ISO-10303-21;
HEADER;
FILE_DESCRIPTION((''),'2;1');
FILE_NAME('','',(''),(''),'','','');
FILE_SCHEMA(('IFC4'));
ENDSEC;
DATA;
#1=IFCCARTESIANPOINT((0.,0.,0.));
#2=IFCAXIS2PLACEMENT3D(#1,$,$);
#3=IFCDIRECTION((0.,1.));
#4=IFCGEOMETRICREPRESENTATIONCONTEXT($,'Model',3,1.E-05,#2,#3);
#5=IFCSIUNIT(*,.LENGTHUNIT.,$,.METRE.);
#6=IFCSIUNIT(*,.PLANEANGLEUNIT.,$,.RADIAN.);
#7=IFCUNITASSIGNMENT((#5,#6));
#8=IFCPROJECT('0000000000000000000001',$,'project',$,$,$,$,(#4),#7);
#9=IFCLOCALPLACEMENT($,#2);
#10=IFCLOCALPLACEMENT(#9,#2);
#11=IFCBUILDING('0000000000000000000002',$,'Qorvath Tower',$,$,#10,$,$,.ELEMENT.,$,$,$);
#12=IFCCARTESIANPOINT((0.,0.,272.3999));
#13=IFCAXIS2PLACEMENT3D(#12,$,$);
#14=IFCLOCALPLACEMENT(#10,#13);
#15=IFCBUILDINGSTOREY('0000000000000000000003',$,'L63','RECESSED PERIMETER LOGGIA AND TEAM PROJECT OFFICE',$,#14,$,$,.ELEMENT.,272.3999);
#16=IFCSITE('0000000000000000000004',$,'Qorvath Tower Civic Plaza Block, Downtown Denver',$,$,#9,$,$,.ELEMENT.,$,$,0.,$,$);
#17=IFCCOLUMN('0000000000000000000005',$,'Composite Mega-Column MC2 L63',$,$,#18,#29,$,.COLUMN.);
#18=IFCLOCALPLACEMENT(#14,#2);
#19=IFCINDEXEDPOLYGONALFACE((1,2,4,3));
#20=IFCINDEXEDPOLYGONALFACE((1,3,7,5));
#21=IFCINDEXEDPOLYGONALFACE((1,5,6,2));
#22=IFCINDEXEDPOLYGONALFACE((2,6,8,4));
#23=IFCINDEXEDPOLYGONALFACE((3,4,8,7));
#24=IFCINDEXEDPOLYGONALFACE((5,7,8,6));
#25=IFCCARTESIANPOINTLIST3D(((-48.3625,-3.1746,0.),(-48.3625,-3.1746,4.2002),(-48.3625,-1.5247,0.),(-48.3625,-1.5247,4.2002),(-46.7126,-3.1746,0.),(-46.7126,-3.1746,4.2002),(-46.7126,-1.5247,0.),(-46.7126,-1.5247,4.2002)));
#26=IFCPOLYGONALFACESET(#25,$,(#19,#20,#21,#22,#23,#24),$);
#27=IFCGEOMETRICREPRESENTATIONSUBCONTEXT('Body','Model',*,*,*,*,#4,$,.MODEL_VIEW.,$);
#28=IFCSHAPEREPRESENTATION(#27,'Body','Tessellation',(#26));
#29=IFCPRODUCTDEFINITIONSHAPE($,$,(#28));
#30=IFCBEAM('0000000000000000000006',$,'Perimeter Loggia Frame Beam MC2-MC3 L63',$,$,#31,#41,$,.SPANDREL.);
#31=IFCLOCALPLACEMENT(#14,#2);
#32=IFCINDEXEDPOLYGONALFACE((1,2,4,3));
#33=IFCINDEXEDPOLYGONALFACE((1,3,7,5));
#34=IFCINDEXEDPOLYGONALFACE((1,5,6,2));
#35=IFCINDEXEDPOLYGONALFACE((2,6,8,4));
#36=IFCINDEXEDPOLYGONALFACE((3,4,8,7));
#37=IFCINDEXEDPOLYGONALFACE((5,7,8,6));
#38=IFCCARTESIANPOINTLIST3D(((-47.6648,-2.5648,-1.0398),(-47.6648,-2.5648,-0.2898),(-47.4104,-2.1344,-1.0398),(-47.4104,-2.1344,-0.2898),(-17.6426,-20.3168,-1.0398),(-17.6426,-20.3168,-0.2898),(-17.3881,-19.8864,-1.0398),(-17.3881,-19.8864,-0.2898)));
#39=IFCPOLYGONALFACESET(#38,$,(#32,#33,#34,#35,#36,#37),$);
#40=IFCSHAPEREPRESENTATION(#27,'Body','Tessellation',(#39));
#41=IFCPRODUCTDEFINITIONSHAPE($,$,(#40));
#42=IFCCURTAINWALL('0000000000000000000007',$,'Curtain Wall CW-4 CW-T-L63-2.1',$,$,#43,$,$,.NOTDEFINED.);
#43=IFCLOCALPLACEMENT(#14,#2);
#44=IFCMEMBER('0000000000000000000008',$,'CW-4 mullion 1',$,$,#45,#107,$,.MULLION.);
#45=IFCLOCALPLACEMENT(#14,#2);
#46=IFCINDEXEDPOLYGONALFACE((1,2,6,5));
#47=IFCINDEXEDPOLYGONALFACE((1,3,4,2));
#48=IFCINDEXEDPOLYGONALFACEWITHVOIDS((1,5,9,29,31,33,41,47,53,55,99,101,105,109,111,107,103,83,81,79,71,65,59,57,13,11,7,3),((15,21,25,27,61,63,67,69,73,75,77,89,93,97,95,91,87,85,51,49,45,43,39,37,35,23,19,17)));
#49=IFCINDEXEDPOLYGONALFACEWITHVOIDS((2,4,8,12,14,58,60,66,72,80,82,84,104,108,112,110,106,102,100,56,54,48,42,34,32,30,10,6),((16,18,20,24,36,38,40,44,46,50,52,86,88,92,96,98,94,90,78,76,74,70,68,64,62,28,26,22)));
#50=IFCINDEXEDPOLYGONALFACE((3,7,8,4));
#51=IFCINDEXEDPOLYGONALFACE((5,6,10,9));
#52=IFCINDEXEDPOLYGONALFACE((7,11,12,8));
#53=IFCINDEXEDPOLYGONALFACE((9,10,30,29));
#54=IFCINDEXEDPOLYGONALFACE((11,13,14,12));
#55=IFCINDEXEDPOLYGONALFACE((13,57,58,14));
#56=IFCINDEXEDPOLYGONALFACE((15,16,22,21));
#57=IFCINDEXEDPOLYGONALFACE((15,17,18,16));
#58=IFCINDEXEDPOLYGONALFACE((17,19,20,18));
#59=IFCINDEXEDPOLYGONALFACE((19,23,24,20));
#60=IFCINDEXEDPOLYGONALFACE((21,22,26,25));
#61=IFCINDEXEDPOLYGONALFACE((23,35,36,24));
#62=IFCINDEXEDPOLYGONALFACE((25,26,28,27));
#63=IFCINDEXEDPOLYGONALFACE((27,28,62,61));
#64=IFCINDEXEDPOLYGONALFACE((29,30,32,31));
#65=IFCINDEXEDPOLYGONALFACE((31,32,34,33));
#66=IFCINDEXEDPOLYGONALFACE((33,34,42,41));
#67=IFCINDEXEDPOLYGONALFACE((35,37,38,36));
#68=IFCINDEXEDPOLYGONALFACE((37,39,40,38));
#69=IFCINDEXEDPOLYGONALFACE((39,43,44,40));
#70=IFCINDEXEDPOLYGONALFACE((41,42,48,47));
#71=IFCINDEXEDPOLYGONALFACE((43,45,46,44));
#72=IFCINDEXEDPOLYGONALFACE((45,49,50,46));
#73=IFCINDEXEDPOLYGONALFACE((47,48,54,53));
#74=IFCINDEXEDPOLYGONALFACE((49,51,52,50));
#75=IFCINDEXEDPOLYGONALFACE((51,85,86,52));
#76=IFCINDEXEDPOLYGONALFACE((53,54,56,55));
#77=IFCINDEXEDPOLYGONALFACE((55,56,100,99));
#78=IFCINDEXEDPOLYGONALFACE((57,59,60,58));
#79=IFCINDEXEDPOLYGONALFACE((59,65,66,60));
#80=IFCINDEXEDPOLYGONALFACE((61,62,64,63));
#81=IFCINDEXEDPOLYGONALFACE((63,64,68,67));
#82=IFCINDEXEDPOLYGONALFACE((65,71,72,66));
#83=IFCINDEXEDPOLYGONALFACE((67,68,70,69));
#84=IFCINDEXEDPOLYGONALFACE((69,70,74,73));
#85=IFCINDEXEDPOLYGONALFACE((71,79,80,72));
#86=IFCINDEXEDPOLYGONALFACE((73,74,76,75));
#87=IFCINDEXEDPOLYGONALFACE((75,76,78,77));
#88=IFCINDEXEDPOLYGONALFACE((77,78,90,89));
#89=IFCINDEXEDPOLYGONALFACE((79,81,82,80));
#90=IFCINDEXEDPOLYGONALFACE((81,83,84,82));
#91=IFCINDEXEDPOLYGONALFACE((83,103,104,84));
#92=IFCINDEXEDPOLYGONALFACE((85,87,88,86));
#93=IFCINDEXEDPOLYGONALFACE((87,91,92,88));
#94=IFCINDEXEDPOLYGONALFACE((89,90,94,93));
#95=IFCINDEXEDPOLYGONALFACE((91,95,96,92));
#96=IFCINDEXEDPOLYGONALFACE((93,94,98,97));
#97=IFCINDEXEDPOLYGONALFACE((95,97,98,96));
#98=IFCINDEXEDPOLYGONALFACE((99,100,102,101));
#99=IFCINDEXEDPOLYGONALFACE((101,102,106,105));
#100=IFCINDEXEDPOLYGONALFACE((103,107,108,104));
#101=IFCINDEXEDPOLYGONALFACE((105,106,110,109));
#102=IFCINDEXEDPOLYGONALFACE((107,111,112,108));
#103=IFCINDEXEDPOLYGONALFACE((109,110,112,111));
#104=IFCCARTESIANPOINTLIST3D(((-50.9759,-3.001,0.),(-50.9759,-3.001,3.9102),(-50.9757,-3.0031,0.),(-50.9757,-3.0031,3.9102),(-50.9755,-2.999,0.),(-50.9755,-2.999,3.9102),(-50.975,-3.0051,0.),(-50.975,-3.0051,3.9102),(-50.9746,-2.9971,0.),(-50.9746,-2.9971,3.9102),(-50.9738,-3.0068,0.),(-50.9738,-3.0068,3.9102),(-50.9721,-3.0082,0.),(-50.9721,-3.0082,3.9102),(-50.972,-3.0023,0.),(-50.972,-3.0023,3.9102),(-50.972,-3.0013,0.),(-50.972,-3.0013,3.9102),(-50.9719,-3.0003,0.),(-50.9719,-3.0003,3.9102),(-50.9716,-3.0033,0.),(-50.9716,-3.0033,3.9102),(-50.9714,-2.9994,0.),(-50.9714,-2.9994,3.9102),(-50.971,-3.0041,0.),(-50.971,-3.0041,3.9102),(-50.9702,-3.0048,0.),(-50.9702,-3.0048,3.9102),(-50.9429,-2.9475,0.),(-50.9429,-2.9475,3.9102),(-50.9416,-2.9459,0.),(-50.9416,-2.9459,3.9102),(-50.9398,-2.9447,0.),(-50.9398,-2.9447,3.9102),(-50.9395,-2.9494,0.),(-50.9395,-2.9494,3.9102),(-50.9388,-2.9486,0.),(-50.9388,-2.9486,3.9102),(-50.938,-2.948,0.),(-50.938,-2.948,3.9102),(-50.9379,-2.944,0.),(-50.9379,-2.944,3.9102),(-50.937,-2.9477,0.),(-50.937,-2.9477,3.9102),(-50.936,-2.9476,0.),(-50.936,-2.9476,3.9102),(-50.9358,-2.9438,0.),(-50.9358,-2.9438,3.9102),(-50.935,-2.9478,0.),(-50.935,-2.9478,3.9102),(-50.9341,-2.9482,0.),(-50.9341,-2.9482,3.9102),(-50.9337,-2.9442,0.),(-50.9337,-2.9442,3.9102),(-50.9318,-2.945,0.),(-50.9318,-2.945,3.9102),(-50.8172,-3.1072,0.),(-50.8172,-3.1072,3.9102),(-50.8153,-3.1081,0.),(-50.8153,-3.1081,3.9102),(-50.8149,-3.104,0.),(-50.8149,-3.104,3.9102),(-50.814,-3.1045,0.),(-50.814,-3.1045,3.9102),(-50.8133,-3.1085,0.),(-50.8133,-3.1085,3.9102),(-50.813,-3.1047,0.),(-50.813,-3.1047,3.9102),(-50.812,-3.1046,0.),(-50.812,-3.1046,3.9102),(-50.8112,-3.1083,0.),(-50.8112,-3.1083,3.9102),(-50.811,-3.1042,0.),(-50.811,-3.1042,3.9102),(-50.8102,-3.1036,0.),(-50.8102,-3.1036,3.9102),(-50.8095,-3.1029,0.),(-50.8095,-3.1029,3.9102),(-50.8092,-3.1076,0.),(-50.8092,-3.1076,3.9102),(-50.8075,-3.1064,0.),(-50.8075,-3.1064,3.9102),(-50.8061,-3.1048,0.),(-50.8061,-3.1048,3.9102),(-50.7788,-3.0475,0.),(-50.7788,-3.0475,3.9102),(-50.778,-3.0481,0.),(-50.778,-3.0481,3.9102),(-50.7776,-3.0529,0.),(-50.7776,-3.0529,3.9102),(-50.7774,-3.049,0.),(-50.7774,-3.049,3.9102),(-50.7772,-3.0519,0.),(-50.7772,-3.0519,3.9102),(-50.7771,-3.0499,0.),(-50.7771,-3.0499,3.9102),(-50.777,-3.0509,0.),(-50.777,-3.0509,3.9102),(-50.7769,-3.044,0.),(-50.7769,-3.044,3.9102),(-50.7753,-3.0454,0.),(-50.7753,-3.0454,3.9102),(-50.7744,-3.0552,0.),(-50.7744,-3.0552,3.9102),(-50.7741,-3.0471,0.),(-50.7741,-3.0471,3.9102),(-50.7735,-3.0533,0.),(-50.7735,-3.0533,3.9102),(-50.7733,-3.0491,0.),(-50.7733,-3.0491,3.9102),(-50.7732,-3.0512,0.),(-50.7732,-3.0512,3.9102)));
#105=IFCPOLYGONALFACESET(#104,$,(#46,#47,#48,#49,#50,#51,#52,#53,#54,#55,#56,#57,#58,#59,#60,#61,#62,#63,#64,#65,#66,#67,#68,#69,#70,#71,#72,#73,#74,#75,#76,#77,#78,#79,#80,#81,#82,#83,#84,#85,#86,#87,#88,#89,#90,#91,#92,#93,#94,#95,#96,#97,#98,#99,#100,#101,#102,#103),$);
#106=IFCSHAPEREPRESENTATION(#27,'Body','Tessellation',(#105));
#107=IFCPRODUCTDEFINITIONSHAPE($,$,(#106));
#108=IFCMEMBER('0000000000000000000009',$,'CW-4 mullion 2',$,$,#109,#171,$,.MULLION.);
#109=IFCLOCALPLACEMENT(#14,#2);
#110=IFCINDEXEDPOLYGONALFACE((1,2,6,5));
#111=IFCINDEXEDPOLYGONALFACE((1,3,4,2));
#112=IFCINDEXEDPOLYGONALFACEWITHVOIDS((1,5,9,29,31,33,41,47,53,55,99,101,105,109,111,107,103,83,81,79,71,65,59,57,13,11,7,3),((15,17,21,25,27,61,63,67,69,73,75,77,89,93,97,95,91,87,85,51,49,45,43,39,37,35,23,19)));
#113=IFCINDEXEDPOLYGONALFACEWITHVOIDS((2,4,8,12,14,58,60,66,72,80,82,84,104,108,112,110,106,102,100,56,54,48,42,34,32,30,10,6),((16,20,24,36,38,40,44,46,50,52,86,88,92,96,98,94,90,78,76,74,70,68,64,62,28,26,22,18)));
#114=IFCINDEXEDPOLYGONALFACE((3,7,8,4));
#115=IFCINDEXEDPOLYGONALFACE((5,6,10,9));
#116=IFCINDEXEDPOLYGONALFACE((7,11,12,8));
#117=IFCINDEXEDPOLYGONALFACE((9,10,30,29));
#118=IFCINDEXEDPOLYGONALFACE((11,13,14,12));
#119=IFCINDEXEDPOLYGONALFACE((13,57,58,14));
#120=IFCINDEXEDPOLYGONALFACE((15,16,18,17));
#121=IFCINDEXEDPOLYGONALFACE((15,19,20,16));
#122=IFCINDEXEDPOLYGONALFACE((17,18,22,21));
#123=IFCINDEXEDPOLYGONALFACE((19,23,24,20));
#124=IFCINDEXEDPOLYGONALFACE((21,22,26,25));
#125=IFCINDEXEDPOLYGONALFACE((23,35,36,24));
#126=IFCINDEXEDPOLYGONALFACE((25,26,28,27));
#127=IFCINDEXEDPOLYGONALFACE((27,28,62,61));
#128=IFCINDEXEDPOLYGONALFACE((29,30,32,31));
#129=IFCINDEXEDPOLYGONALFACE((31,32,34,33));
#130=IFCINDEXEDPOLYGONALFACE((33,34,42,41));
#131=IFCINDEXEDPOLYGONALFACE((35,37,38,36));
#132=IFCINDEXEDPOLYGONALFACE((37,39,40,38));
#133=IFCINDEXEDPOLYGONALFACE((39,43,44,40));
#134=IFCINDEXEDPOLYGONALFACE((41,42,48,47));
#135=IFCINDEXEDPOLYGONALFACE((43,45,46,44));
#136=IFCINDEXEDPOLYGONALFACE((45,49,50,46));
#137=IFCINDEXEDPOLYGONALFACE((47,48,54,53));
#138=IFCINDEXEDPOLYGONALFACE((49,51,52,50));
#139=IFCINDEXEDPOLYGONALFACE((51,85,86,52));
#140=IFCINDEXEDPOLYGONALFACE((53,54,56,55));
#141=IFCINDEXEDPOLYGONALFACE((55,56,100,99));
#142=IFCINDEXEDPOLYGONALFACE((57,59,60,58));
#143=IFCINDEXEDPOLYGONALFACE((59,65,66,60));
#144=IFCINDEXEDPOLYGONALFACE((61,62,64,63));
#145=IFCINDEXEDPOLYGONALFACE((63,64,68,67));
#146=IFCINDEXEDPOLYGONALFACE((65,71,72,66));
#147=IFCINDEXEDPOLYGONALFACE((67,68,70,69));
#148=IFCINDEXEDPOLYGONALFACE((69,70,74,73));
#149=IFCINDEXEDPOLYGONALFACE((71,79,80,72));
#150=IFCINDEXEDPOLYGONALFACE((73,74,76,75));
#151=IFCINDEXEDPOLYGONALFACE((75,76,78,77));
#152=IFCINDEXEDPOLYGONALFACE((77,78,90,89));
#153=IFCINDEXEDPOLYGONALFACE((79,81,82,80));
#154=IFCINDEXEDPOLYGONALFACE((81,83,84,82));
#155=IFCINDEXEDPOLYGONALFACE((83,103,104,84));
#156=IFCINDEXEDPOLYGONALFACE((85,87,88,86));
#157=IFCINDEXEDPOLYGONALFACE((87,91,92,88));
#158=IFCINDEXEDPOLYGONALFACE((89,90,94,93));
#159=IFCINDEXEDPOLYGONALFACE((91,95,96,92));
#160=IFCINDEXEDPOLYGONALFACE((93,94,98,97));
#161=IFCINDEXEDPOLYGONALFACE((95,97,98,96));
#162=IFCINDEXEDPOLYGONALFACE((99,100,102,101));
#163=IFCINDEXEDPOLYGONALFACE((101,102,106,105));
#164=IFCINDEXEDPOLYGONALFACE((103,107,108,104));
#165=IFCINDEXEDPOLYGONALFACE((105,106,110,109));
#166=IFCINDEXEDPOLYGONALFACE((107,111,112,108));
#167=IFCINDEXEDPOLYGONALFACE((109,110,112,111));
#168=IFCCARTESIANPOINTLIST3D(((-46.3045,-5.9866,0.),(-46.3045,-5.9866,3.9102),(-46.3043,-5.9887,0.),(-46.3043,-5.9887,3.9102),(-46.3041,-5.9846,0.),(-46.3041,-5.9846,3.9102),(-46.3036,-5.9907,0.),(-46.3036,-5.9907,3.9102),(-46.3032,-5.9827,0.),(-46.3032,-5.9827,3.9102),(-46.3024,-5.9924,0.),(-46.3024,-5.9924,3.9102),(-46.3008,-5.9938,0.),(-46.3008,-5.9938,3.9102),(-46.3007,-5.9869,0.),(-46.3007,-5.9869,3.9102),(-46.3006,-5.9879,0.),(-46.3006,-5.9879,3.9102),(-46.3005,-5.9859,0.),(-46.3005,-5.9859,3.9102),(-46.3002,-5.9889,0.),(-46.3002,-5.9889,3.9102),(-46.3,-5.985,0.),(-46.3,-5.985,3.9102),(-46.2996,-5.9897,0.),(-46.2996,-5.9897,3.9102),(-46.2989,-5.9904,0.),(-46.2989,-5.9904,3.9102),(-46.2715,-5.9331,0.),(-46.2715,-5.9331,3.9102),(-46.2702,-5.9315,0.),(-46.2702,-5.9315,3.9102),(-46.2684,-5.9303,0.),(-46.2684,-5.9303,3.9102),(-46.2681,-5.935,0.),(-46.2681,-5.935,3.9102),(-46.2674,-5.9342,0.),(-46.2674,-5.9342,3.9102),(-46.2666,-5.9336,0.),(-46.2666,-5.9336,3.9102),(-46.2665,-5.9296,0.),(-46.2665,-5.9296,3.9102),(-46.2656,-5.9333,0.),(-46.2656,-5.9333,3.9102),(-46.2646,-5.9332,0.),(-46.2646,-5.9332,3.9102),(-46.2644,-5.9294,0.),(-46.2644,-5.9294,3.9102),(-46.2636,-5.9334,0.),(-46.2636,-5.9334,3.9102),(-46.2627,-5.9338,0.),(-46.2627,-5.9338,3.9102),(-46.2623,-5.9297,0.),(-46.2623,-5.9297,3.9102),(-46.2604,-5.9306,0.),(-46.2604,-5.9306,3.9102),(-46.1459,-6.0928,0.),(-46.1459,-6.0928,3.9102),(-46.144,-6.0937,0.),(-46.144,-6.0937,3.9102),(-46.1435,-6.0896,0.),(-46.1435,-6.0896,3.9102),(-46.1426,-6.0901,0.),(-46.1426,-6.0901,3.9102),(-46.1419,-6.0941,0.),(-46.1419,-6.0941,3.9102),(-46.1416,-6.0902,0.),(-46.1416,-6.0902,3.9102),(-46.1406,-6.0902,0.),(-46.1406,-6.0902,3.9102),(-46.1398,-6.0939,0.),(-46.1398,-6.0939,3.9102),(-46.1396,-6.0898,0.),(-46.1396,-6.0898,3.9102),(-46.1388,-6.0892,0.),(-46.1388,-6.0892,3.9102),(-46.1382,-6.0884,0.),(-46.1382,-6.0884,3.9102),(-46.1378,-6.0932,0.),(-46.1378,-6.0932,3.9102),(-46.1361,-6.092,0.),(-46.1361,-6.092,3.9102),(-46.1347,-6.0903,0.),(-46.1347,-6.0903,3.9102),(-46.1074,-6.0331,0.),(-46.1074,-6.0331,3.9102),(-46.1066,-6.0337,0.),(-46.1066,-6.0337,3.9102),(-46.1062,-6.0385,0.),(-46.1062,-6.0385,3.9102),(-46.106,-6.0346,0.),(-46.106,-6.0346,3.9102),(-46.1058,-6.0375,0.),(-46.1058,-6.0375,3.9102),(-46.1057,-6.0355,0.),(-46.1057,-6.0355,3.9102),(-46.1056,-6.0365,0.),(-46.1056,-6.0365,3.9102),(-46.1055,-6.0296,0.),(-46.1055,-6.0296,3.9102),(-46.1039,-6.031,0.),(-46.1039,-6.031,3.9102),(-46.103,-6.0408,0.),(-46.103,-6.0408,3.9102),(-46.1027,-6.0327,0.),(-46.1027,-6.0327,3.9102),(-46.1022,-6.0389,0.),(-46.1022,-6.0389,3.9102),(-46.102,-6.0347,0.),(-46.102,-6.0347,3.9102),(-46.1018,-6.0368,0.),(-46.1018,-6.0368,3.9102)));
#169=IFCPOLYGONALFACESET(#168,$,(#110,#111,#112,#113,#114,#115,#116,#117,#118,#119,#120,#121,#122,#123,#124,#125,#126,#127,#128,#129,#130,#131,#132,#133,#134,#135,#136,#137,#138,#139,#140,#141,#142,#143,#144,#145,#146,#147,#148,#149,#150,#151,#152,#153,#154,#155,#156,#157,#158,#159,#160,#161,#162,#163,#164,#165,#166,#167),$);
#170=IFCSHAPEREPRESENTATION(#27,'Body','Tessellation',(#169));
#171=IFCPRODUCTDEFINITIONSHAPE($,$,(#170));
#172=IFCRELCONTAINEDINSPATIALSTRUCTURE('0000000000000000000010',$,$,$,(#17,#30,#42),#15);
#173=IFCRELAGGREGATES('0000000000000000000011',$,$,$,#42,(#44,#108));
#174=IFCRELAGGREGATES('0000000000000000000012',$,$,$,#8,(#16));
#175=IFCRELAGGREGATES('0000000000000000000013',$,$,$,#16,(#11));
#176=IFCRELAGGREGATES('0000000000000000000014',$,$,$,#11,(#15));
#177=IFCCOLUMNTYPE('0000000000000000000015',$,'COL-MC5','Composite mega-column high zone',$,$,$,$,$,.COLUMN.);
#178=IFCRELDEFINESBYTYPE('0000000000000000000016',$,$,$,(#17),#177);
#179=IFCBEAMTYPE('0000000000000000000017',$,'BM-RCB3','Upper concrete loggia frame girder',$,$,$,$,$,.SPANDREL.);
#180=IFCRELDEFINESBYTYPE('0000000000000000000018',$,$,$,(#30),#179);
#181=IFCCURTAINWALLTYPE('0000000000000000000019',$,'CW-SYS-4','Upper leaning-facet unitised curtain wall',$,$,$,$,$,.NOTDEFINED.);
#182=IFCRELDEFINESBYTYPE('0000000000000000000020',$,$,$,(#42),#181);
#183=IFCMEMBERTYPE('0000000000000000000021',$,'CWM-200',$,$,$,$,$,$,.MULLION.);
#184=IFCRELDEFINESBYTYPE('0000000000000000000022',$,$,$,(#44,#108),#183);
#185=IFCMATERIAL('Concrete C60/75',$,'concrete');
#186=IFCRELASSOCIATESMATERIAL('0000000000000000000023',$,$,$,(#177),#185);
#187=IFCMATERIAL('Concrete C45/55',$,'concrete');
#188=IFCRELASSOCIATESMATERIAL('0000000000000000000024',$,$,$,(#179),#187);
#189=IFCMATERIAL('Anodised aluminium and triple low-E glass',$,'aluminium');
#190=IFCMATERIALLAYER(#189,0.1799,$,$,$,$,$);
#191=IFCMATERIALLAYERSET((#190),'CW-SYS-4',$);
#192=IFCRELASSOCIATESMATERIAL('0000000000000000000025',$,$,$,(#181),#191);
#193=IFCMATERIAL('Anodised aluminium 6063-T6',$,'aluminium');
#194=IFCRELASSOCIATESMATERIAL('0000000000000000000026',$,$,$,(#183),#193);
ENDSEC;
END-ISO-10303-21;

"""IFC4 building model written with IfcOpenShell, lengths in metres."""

from ifc_helpers import new_model, si_unit, direction, frame, origin, origin_2d, place, context, subcontext, project, spatial, rectangle, hollow_rectangle, extrude, material, layer, layer_set, material_profile, profile_set, type_object, element, aggregate, save


model = new_model("IFC4")

# Units and contexts
model_context = context("Model", 3, precision=1e-05, world=origin(), true_north=direction((0.0, 1.0)))
body_context = subcontext(model_context, "Body", "Model", "MODEL_VIEW")
ifc_project = project(units=[si_unit("LENGTHUNIT", "METRE"), si_unit("PLANEANGLEUNIT", "RADIAN")], contexts=[model_context])

# Site, building, storey
site_placement = place(None, origin())
site = spatial("IfcSite", under=ifc_project, at=site_placement, Name="Qorvath Tower Civic Plaza Block, Downtown Denver", CompositionType="ELEMENT", RefElevation=0.0)
building_placement = place(site_placement, origin())
building = spatial("IfcBuilding", under=site, at=building_placement, Name="Qorvath Tower", CompositionType="ELEMENT")
storey_placement = place(building_placement, frame((0.0, 0.0, 272.3999)))
storey = spatial("IfcBuildingStorey", under=building, at=storey_placement, Name="L63", Description="RECESSED PERIMETER LOGGIA AND TEAM PROJECT OFFICE", CompositionType="ELEMENT", Elevation=272.3999)

# Column
ifc_material_1 = material(Name="Concrete C60/75", Category="concrete")
ifc_material_profile_1 = material_profile(ifc_material_1, rectangle(XDim=1.6499, YDim=1.6499, at=origin_2d()), Name="MC 1650x1650")
ifc_profile_set_1 = profile_set([ifc_material_profile_1], Name="Concrete C60/75")
column_type = type_object("IfcColumnType", Name="COL-MC5", Description="Composite mega-column high zone", PredefinedType="COLUMN", material=ifc_profile_set_1)
column_placement = place(storey_placement, frame((-47.5376, -2.3496, 0.0), z_axis=(0.0, 0.0, 1.0), x_axis=(1.0, 0.0, 0.0)))
element("IfcColumn", 1, at=column_placement, inside=storey, type_object=column_type, Name="Composite Mega-Column MC2 L63", PredefinedType="COLUMN", context=body_context, shape_type="SweptSolid", body=[
    extrude(rectangle(XDim=1.6499, YDim=1.6499, at=origin_2d()), origin(), (0.0, 0.0, 1.0), 4.2002),
])

# Beam
ifc_material_2 = material(Name="Concrete C45/55", Category="concrete")
ifc_material_profile_2 = material_profile(ifc_material_2, rectangle(XDim=0.5, YDim=0.75, at=origin_2d()), Name="RCB 750x500")
ifc_profile_set_2 = profile_set([ifc_material_profile_2], Name="Concrete C45/55")
beam_type = type_object("IfcBeamType", Name="BM-RCB3", Description="Upper concrete loggia frame girder", PredefinedType="SPANDREL", material=ifc_profile_set_2)
beam_placement = place(storey_placement, frame((-47.5376, -2.3496, -0.6648), z_axis=(0.860781, -0.508975, 0.0), x_axis=(0.508975, 0.860781, 0.0)))
element("IfcBeam", 2, at=beam_placement, inside=storey, type_object=beam_type, Name="Perimeter Loggia Frame Beam MC2-MC3 L63", PredefinedType="SPANDREL", context=body_context, shape_type="SweptSolid", body=[
    extrude(rectangle(XDim=0.5, YDim=0.75, at=origin_2d()), origin(), (0.0, 0.0, 1.0), 34.8779),
])

# Curtain wall, members
ifc_material_3 = material(Name="Anodised aluminium and triple low-E glass", Category="aluminium")
ifc_layer_1 = layer(ifc_material_3, 0.1799)
ifc_layer_set_1 = layer_set([ifc_layer_1], Name="CW-SYS-4")
curtain_wall_type = type_object("IfcCurtainWallType", Name="CW-SYS-4", Description="Upper leaning-facet unitised curtain wall", PredefinedType="NOTDEFINED", material=ifc_layer_set_1)
curtain_wall_placement = place(storey_placement, origin())
curtain_wall = element("IfcCurtainWall", 3, at=curtain_wall_placement, inside=storey, type_object=curtain_wall_type, Name="Curtain Wall CW-4 CW-T-L63-2.1", PredefinedType="NOTDEFINED")
ifc_material_4 = material(Name="Anodised aluminium 6063-T6", Category="aluminium")
ifc_material_profile_3 = material_profile(ifc_material_4, hollow_rectangle(XDim=0.075, YDim=0.2, WallThickness=0.0039, InnerFilletRadius=0.0039, OuterFilletRadius=0.0081, at=origin_2d()), Name="CWM 200x75")
ifc_profile_set_3 = profile_set([ifc_material_profile_3], Name="Anodised aluminium 6063-T6")
member_type_1 = type_object("IfcMemberType", Name="CWM-200", PredefinedType="MULLION", material=ifc_profile_set_3)
member_1_placement = place(storey_placement, frame((-50.8745, -3.0261, 0.0), z_axis=(0.0, 0.0, 1.0), x_axis=(0.538534, 0.842604, 0.0)))
member_1 = element("IfcMember", 4, at=member_1_placement, type_object=member_type_1, Name="CW-4 mullion 1", PredefinedType="MULLION", context=body_context, shape_type="SweptSolid", body=[
    extrude(hollow_rectangle(XDim=0.075, YDim=0.2, WallThickness=0.0039, InnerFilletRadius=0.0039, OuterFilletRadius=0.0081, at=origin_2d()), origin(), (0.0, 0.0, 1.0), 3.9102),
])
member_2_placement = place(storey_placement, frame((-46.2031, -6.0117, 0.0), z_axis=(0.0, 0.0, 1.0), x_axis=(0.538534, 0.842604, 0.0)))
member_2 = element("IfcMember", 5, at=member_2_placement, type_object=member_type_1, Name="CW-4 mullion 2", PredefinedType="MULLION", context=body_context, shape_type="SweptSolid", body=[
    extrude(hollow_rectangle(XDim=0.075, YDim=0.2, WallThickness=0.0039, InnerFilletRadius=0.0039, OuterFilletRadius=0.0081, at=origin_2d()), origin(), (0.0, 0.0, 1.0), 3.9102),
])
aggregate(curtain_wall, [member_1, member_2])

save(model, "model.ifc")
